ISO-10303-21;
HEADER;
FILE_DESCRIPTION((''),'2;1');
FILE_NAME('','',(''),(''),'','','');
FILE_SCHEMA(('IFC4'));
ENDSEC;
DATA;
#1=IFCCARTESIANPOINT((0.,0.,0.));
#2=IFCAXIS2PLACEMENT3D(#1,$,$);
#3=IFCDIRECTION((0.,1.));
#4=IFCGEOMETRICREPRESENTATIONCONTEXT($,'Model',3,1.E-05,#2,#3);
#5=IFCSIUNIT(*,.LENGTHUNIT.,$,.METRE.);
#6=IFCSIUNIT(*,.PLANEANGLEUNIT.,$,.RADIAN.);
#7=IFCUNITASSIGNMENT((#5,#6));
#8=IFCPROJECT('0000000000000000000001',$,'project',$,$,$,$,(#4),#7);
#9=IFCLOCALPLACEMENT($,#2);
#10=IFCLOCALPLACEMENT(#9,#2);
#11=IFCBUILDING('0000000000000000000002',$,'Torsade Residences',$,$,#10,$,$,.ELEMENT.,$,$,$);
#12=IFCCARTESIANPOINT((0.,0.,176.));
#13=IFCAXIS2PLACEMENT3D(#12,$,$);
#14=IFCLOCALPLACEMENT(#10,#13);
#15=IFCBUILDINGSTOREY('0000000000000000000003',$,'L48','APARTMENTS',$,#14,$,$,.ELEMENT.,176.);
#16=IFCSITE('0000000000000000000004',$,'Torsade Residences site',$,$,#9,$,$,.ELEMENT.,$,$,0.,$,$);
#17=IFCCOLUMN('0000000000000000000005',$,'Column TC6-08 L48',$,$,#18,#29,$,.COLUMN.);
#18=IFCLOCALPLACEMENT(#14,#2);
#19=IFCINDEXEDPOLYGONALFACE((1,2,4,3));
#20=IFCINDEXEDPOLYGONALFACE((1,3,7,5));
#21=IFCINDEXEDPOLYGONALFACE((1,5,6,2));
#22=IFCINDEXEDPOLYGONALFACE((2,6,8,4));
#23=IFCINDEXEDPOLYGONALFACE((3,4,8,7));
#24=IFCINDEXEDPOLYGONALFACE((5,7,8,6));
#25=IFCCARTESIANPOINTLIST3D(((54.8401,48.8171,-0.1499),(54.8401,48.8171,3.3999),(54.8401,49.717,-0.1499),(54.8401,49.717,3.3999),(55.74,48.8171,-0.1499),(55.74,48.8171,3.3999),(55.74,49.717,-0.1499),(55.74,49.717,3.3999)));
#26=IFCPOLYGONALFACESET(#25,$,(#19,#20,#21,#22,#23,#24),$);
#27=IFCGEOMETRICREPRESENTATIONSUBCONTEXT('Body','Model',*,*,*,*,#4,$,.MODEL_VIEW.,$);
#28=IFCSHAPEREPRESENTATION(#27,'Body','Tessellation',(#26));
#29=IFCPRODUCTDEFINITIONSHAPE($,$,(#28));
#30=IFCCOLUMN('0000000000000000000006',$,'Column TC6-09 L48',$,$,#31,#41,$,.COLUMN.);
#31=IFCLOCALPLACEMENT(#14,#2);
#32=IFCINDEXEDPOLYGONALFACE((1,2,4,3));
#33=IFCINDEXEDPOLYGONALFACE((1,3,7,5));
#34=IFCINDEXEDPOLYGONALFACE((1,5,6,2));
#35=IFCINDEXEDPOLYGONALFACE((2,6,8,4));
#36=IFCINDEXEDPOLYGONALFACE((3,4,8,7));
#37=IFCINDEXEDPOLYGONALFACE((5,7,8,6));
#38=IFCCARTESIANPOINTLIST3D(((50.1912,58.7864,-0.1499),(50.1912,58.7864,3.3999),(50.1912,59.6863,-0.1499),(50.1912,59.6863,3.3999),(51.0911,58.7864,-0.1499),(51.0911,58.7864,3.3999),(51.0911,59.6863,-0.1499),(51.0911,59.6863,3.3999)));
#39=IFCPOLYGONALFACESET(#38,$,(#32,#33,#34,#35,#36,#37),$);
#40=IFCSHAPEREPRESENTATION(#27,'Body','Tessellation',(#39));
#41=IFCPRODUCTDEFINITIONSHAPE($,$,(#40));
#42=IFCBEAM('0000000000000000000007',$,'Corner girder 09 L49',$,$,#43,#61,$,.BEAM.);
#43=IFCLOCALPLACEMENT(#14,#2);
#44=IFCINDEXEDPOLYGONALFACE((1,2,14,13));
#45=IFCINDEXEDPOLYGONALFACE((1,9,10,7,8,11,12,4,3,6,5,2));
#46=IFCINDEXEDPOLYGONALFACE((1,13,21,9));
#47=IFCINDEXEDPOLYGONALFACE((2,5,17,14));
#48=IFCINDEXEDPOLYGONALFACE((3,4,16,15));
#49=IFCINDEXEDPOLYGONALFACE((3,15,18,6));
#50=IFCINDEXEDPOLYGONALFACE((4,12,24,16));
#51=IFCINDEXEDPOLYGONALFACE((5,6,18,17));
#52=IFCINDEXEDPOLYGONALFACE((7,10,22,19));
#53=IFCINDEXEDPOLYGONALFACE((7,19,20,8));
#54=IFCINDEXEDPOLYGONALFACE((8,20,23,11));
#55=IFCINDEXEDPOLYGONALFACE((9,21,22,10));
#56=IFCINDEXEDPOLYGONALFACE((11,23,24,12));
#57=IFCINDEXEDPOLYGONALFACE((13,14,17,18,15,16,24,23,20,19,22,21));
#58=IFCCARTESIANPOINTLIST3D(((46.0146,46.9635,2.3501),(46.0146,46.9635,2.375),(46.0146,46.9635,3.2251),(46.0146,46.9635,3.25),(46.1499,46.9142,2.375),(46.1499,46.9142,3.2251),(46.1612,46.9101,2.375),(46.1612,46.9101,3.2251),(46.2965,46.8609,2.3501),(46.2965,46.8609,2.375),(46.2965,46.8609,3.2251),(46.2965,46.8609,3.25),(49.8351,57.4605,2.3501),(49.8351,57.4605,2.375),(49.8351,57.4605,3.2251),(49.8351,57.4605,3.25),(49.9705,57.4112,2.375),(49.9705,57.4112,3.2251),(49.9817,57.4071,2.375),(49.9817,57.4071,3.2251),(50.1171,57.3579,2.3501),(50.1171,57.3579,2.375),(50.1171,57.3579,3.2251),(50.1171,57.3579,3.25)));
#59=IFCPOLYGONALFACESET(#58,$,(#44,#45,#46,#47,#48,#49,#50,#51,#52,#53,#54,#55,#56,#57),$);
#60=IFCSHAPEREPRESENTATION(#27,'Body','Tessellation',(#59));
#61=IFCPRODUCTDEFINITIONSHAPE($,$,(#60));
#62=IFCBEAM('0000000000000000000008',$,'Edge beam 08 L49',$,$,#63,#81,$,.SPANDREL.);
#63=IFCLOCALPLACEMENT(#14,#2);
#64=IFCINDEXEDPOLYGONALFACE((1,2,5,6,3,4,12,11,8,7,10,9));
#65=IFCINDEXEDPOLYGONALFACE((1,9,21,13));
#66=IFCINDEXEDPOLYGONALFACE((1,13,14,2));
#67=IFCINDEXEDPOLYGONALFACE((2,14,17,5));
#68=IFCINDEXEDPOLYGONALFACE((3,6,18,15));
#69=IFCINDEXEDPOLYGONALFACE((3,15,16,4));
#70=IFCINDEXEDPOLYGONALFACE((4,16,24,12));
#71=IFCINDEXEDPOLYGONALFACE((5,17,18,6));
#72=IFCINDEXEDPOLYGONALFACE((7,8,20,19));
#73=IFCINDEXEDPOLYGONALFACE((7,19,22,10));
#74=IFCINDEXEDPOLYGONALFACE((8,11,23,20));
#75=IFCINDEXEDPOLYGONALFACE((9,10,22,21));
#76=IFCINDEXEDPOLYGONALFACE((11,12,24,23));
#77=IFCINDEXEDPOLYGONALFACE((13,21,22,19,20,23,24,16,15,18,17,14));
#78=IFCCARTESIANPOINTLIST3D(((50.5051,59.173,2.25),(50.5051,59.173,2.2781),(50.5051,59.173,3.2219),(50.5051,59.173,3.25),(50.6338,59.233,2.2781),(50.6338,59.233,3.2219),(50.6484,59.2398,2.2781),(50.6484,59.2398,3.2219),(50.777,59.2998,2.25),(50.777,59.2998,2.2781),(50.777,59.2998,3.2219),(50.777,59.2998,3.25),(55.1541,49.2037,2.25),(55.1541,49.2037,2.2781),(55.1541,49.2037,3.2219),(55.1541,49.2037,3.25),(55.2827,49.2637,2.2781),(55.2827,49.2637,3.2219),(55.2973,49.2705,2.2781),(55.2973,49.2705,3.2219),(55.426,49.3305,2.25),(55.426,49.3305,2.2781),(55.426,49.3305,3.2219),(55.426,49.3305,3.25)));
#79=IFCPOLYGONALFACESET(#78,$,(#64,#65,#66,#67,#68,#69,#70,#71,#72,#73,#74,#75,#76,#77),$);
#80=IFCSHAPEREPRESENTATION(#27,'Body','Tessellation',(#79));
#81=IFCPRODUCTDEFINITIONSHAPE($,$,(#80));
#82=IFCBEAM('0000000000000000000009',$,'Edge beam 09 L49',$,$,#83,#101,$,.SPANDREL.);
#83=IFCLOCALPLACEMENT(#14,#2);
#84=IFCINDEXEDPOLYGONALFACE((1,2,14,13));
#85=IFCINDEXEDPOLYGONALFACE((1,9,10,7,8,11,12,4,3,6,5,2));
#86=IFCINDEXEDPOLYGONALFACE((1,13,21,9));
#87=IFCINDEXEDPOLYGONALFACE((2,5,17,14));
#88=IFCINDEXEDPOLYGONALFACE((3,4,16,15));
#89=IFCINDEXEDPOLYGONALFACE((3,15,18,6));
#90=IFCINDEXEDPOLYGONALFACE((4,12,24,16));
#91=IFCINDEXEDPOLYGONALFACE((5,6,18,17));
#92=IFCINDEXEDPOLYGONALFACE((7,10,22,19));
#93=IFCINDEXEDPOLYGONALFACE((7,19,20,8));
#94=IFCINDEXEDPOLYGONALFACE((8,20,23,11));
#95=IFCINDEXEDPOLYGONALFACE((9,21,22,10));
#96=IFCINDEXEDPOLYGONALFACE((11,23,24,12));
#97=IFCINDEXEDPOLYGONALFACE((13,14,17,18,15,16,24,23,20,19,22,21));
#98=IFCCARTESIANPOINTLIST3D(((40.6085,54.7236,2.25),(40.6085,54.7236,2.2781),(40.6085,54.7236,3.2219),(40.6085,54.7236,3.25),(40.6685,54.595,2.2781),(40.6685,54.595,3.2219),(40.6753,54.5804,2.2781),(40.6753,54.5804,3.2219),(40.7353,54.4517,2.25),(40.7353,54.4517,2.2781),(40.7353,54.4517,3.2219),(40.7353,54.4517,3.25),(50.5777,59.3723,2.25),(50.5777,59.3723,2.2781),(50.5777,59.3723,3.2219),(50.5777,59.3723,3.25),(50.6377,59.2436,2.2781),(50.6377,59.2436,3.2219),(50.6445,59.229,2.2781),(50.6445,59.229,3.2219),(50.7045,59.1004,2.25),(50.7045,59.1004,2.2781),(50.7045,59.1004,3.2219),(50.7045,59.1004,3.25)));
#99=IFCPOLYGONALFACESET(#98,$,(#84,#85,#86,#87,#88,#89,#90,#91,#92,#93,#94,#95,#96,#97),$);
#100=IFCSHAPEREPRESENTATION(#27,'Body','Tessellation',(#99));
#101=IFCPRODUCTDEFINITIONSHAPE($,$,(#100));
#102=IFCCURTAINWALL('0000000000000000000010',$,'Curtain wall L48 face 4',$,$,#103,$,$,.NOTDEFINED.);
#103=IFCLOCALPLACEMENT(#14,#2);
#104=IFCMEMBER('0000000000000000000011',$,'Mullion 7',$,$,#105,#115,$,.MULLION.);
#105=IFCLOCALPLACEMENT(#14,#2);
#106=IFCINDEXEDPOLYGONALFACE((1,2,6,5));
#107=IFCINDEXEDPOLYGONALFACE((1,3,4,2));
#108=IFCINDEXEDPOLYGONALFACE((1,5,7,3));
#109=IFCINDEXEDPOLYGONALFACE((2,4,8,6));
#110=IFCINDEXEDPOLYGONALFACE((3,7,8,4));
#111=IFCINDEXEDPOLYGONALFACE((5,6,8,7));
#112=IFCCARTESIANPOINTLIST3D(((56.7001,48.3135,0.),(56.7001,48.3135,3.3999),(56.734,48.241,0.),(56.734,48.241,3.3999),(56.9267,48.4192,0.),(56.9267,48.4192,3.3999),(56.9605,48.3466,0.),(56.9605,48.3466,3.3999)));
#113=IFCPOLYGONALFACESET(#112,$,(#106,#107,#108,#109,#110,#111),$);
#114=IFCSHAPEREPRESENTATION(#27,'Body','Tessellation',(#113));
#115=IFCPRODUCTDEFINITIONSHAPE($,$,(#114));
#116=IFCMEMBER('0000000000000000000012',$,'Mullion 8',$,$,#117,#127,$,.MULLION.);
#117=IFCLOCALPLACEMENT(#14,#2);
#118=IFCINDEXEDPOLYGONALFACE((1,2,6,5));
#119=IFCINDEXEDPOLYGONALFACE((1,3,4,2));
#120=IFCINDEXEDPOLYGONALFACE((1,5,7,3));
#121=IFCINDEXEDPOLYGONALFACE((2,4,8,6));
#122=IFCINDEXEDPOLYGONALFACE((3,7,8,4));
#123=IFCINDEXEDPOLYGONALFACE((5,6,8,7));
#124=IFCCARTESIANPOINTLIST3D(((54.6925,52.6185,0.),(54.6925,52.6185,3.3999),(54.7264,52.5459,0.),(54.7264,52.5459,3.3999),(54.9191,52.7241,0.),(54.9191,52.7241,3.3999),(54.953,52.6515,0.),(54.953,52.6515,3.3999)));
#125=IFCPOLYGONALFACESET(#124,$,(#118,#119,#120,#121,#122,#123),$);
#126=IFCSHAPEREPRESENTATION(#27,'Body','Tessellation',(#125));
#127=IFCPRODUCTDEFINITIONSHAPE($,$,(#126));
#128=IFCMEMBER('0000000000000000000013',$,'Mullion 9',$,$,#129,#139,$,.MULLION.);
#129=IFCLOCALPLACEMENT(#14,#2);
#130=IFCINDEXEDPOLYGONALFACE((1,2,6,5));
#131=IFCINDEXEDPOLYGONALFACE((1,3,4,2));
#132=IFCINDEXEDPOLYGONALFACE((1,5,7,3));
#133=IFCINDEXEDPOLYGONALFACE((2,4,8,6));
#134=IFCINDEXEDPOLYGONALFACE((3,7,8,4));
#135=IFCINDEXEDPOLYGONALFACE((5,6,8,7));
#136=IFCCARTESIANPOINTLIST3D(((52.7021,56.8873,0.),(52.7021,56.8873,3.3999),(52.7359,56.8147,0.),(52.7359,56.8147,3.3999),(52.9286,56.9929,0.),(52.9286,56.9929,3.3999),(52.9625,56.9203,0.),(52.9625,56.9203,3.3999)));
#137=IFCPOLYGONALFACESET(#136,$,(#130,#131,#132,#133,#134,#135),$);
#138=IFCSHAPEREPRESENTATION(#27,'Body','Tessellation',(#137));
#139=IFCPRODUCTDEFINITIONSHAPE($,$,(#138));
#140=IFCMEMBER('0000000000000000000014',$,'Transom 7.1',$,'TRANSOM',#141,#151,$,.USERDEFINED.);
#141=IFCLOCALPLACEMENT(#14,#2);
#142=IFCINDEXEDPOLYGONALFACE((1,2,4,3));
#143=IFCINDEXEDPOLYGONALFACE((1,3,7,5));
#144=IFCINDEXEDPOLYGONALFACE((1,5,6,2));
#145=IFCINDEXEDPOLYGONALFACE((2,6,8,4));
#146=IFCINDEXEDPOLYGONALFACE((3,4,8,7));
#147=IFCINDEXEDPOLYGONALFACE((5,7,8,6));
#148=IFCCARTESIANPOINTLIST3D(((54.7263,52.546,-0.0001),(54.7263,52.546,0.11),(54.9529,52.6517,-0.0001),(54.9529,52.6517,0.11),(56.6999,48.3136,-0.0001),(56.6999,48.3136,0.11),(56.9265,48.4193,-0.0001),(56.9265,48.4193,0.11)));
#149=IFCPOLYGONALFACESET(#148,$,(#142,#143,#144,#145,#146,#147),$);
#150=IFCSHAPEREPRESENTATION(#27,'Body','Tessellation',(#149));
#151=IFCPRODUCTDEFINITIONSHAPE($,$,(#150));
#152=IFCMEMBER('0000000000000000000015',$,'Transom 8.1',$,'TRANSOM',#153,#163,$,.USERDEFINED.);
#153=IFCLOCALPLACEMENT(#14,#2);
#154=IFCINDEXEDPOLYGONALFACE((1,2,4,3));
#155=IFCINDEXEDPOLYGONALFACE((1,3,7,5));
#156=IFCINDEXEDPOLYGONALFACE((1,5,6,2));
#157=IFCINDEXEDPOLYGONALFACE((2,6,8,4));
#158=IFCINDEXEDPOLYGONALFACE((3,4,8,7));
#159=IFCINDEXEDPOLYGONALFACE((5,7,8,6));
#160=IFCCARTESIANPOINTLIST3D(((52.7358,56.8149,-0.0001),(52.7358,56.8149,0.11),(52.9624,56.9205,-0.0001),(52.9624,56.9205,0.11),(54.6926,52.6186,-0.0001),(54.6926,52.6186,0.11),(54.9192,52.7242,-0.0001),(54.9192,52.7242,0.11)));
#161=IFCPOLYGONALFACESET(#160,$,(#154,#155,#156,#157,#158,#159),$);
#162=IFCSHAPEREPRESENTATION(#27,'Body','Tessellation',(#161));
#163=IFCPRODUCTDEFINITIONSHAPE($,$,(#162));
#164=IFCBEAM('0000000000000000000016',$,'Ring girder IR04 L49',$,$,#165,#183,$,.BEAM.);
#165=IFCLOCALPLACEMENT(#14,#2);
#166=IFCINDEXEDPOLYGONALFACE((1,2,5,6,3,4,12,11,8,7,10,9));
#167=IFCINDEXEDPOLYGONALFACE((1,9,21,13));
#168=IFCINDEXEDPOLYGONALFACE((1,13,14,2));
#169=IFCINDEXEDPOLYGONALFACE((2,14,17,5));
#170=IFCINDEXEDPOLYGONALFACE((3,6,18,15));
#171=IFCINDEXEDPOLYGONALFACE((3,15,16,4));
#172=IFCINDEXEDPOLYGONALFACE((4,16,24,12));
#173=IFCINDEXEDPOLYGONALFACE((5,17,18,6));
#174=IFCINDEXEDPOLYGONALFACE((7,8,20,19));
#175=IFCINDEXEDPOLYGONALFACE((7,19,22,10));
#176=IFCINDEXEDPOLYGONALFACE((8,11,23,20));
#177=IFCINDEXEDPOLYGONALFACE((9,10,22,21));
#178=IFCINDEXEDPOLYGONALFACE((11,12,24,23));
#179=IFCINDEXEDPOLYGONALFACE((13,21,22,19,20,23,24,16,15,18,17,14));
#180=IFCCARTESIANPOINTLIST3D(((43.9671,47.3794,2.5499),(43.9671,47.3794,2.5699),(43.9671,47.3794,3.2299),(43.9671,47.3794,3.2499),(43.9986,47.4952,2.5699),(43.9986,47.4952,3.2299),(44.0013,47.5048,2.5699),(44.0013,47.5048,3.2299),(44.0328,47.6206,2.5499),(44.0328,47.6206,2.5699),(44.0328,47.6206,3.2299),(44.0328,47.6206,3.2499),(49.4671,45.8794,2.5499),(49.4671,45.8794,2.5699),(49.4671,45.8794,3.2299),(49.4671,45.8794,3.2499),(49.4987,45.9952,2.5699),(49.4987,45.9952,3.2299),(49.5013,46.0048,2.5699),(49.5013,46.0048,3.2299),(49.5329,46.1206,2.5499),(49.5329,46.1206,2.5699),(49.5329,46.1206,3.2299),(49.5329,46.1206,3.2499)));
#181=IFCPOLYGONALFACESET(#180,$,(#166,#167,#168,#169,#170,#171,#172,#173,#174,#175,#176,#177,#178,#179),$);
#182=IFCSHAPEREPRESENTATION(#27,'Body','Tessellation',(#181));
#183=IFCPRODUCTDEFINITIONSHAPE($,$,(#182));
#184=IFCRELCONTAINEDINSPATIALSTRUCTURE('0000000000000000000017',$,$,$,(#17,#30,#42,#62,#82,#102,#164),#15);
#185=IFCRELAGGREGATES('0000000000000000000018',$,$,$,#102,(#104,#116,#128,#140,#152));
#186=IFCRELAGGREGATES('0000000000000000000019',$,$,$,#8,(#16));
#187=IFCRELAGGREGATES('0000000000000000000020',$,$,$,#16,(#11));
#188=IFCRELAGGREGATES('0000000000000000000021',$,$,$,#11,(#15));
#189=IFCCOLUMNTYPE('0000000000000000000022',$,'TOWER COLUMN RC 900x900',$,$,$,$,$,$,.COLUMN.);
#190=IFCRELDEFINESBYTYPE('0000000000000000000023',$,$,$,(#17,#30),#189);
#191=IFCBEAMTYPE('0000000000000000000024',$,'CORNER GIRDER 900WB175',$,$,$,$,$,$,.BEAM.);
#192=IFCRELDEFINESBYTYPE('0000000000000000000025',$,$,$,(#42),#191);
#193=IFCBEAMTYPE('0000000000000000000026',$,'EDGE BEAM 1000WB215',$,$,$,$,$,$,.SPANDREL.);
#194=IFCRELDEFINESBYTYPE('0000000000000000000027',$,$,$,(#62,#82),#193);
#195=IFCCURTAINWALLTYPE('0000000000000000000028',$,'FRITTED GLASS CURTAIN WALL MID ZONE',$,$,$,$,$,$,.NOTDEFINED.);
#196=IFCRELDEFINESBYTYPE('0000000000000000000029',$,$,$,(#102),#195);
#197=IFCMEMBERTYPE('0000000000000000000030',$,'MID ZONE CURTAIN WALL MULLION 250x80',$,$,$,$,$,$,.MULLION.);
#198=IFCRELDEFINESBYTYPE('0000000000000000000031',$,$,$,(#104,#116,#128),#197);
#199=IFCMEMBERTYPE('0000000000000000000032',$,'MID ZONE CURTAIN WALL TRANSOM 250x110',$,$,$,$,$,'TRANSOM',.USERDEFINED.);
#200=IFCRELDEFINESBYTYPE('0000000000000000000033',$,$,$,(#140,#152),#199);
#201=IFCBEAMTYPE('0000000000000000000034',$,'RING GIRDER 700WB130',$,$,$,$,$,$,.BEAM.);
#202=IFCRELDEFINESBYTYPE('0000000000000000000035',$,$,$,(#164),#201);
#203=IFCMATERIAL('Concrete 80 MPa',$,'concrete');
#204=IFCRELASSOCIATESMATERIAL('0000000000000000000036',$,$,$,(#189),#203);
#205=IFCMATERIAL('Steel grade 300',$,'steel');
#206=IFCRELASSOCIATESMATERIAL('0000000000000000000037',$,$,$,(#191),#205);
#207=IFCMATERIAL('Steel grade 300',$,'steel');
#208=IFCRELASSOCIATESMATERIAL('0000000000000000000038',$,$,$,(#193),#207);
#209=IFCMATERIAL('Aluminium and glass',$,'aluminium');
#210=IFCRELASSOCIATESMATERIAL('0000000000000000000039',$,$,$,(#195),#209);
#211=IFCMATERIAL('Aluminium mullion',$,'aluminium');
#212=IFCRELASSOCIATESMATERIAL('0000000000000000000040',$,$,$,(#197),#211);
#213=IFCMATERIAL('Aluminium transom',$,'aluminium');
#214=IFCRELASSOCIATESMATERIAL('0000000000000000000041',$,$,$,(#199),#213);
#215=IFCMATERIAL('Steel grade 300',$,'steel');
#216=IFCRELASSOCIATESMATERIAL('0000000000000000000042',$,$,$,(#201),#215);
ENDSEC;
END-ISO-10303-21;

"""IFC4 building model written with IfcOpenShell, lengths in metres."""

from ifc_helpers import new_model, si_unit, direction, frame, origin, origin_2d, place, context, subcontext, project, spatial, rectangle, i_section, extrude, material, material_profile, profile_set, type_object, element, aggregate, save


model = new_model("IFC4")

# Units and contexts
model_context = context("Model", 3, precision=1e-05, world=origin(), true_north=direction((0.0, 1.0)))
body_context = subcontext(model_context, "Body", "Model", "MODEL_VIEW")
ifc_project = project(units=[si_unit("LENGTHUNIT", "METRE"), si_unit("PLANEANGLEUNIT", "RADIAN")], contexts=[model_context])

# Site, building, storey
site_placement = place(None, origin())
site = spatial("IfcSite", under=ifc_project, at=site_placement, Name="Torsade Residences site", CompositionType="ELEMENT", RefElevation=0.0)
building_placement = place(site_placement, origin())
building = spatial("IfcBuilding", under=site, at=building_placement, Name="Torsade Residences", CompositionType="ELEMENT")
storey_placement = place(building_placement, frame((0.0, 0.0, 176.0)))
storey = spatial("IfcBuildingStorey", under=building, at=storey_placement, Name="L48", Description="APARTMENTS", CompositionType="ELEMENT", Elevation=176.0)

# Columns
ifc_material_1 = material(Name="Concrete 80 MPa", Category="concrete")
ifc_material_profile_1 = material_profile(ifc_material_1, rectangle(XDim=0.8999, YDim=0.8999, at=origin_2d()), Name="RC 900x900")
ifc_profile_set_1 = profile_set([ifc_material_profile_1], Name="Concrete 80 MPa")
column_type = type_object("IfcColumnType", Name="TOWER COLUMN RC 900x900", PredefinedType="COLUMN", material=ifc_profile_set_1)
for number, where, z_axis, x_axis, name in (
    (1, (55.29, 49.2671, -0.1499), (0.0, 0.0, 1.0), (1.0, 0.0, 0.0), "Column TC6-08 L48"),
    (2, (50.6411, 59.2363, -0.1499), (0.0, 0.0, 1.0), (1.0, 0.0, 0.0), "Column TC6-09 L48"),
):
    element("IfcColumn", number, at=place(storey_placement, frame(where, z_axis=z_axis, x_axis=x_axis)), inside=storey, type_object=column_type, Name=name, PredefinedType="COLUMN", context=body_context, shape_type="SweptSolid", body=[
        extrude(rectangle(XDim=0.8999, YDim=0.8999, at=origin_2d()), origin(), (0.0, 0.0, 1.0), 3.5498),
    ])

# Beams
ifc_material_2 = material(Name="Steel grade 300", Category="steel")
ifc_material_profile_2 = material_profile(ifc_material_2, i_section(OverallWidth=0.3, OverallDepth=0.8999, WebThickness=0.012, FlangeThickness=0.0249, at=origin_2d()), Name="900WB175")
ifc_profile_set_2 = profile_set([ifc_material_profile_2], Name="Steel grade 300")
beam_type_1 = type_object("IfcBeamType", Name="CORNER GIRDER 900WB175", PredefinedType="BEAM", material=ifc_profile_set_2)
beam_1_placement = place(storey_placement, frame((49.9761, 57.4092, 2.8), z_axis=(-0.342015, -0.939694, 0.0), x_axis=(0.939694, -0.342015, 0.0)))
element("IfcBeam", 3, at=beam_1_placement, inside=storey, type_object=beam_type_1, Name="Corner girder 09 L49", PredefinedType="BEAM", context=body_context, shape_type="SweptSolid", body=[
    extrude(i_section(OverallWidth=0.3, OverallDepth=0.8999, WebThickness=0.012, FlangeThickness=0.0249, at=origin_2d()), origin(), (0.0, 0.0, 1.0), 11.1707),
])
ifc_material_3 = material(Name="Steel grade 300", Category="steel")
ifc_material_profile_3 = material_profile(ifc_material_3, i_section(OverallWidth=0.3, OverallDepth=1.0, WebThickness=0.0161, FlangeThickness=0.0281, at=origin_2d()), Name="1000WB215")
ifc_profile_set_3 = profile_set([ifc_material_profile_3], Name="Steel grade 300")
beam_type_2 = type_object("IfcBeamType", Name="EDGE BEAM 1000WB215", PredefinedType="SPANDREL", material=ifc_profile_set_3)
beam_2_placement = place(storey_placement, frame((55.29, 49.2671, 2.75), z_axis=(-0.422633, 0.906301, 0.0), x_axis=(-0.906301, -0.422633, 0.0)))
element("IfcBeam", 4, at=beam_2_placement, inside=storey, type_object=beam_type_2, Name="Edge beam 08 L49", PredefinedType="SPANDREL", context=body_context, shape_type="SweptSolid", body=[
    extrude(i_section(OverallWidth=0.3, OverallDepth=1.0, WebThickness=0.0161, FlangeThickness=0.0281, at=origin_2d()), origin(), (0.0, 0.0, 1.0), 11.0),
])
beam_3_placement = place(storey_placement, frame((50.6411, 59.2363, 2.75), z_axis=(-0.90631, -0.422614, 0.0), x_axis=(0.422614, -0.90631, 0.0)))
element("IfcBeam", 5, at=beam_3_placement, inside=storey, type_object=beam_type_2, Name="Edge beam 09 L49", PredefinedType="SPANDREL", context=body_context, shape_type="SweptSolid", body=[
    extrude(i_section(OverallWidth=0.3, OverallDepth=1.0, WebThickness=0.0161, FlangeThickness=0.0281, at=origin_2d()), origin(), (0.0, 0.0, 1.0), 10.9998),
])

# Curtain wall, members
ifc_material_4 = material(Name="Aluminium and glass", Category="aluminium")
curtain_wall_type = type_object("IfcCurtainWallType", Name="FRITTED GLASS CURTAIN WALL MID ZONE", PredefinedType="NOTDEFINED", material=ifc_material_4)
curtain_wall_placement = place(storey_placement, origin())
curtain_wall = element("IfcCurtainWall", 6, at=curtain_wall_placement, inside=storey, type_object=curtain_wall_type, Name="Curtain wall L48 face 4", PredefinedType="NOTDEFINED")
ifc_material_5 = material(Name="Aluminium mullion", Category="aluminium")
ifc_material_profile_4 = material_profile(ifc_material_5, rectangle(XDim=0.25, YDim=0.0801, at=origin_2d()), Name="MID ZONE CURTAIN WALL MULLION 250x80")
ifc_profile_set_4 = profile_set([ifc_material_profile_4], Name="Aluminium mullion")
member_type_1 = type_object("IfcMemberType", Name="MID ZONE CURTAIN WALL MULLION 250x80", PredefinedType="MULLION", material=ifc_profile_set_4)
member_1_placement = place(storey_placement, frame((56.8303, 48.3301, 0.0), z_axis=(0.0, 0.0, 1.0), x_axis=(-0.906308, -0.422618, 0.0)))
member_1 = element("IfcMember", 7, at=member_1_placement, type_object=member_type_1, Name="Mullion 7", PredefinedType="MULLION", context=body_context, shape_type="SweptSolid", body=[
    extrude(rectangle(XDim=0.25, YDim=0.0801, at=origin_2d()), origin(), (0.0, 0.0, 1.0), 3.3999),
])
member_2_placement = place(storey_placement, frame((54.8228, 52.635, 0.0), z_axis=(0.0, 0.0, 1.0), x_axis=(-0.906308, -0.422618, 0.0)))
member_2 = element("IfcMember", 8, at=member_2_placement, type_object=member_type_1, Name="Mullion 8", PredefinedType="MULLION", context=body_context, shape_type="SweptSolid", body=[
    extrude(rectangle(XDim=0.25, YDim=0.0801, at=origin_2d()), origin(), (0.0, 0.0, 1.0), 3.3999),
])
member_3_placement = place(storey_placement, frame((52.8323, 56.9038, 0.0), z_axis=(0.0, 0.0, 1.0), x_axis=(-0.906308, -0.422618, 0.0)))
member_3 = element("IfcMember", 9, at=member_3_placement, type_object=member_type_1, Name="Mullion 9", PredefinedType="MULLION", context=body_context, shape_type="SweptSolid", body=[
    extrude(rectangle(XDim=0.25, YDim=0.0801, at=origin_2d()), origin(), (0.0, 0.0, 1.0), 3.3999),
])
ifc_material_6 = material(Name="Aluminium transom", Category="aluminium")
ifc_material_profile_5 = material_profile(ifc_material_6, rectangle(XDim=0.25, YDim=0.1101, at=origin_2d()), Name="MID ZONE CURTAIN WALL TRANSOM 250x110")
ifc_profile_set_5 = profile_set([ifc_material_profile_5], Name="Aluminium transom")
member_type_2 = type_object("IfcMemberType", Name="MID ZONE CURTAIN WALL TRANSOM 250x110", ElementType="TRANSOM", PredefinedType="USERDEFINED", material=ifc_profile_set_5)
member_4_placement = place(storey_placement, frame((56.8132, 48.3665, 0.0549), z_axis=(-0.422622, 0.906306, 0.0), x_axis=(-0.906306, -0.422622, 0.0)))
member_4 = element("IfcMember", 10, at=member_4_placement, type_object=member_type_2, Name="Transom 7.1", ObjectType="TRANSOM", PredefinedType="USERDEFINED", context=body_context, shape_type="SweptSolid", body=[
    extrude(rectangle(XDim=0.25, YDim=0.1101, at=origin_2d()), origin(), (0.0, 0.0, 1.0), 4.6699),
])
member_5_placement = place(storey_placement, frame((54.8059, 52.6714, 0.0549), z_axis=(-0.422623, 0.906306, 0.0), x_axis=(-0.906306, -0.422623, 0.0)))
member_5 = element("IfcMember", 11, at=member_5_placement, type_object=member_type_2, Name="Transom 8.1", ObjectType="TRANSOM", PredefinedType="USERDEFINED", context=body_context, shape_type="SweptSolid", body=[
    extrude(rectangle(XDim=0.25, YDim=0.1101, at=origin_2d()), origin(), (0.0, 0.0, 1.0), 4.6301),
])

# Beam
ifc_material_7 = material(Name="Steel grade 300", Category="steel")
ifc_material_profile_6 = material_profile(ifc_material_7, i_section(OverallWidth=0.25, OverallDepth=0.7, WebThickness=0.01, FlangeThickness=0.02, at=origin_2d()), Name="700WB130")
ifc_profile_set_6 = profile_set([ifc_material_profile_6], Name="Steel grade 300")
beam_type_3 = type_object("IfcBeamType", Name="RING GIRDER 700WB130", PredefinedType="BEAM", material=ifc_profile_set_6)
beam_4_placement = place(storey_placement, frame((49.5, 46.0, 2.8999), z_axis=(-0.964764, 0.263117, 0.0), x_axis=(-0.263117, -0.964764, 0.0)))
element("IfcBeam", 12, at=beam_4_placement, inside=storey, type_object=beam_type_3, Name="Ring girder IR04 L49", PredefinedType="BEAM", context=body_context, shape_type="SweptSolid", body=[
    extrude(i_section(OverallWidth=0.25, OverallDepth=0.7, WebThickness=0.01, FlangeThickness=0.02, at=origin_2d()), origin(), (0.0, 0.0, 1.0), 5.7009),
])

aggregate(curtain_wall, [member_1, member_2, member_3, member_4, member_5])

save(model, "model.ifc")
